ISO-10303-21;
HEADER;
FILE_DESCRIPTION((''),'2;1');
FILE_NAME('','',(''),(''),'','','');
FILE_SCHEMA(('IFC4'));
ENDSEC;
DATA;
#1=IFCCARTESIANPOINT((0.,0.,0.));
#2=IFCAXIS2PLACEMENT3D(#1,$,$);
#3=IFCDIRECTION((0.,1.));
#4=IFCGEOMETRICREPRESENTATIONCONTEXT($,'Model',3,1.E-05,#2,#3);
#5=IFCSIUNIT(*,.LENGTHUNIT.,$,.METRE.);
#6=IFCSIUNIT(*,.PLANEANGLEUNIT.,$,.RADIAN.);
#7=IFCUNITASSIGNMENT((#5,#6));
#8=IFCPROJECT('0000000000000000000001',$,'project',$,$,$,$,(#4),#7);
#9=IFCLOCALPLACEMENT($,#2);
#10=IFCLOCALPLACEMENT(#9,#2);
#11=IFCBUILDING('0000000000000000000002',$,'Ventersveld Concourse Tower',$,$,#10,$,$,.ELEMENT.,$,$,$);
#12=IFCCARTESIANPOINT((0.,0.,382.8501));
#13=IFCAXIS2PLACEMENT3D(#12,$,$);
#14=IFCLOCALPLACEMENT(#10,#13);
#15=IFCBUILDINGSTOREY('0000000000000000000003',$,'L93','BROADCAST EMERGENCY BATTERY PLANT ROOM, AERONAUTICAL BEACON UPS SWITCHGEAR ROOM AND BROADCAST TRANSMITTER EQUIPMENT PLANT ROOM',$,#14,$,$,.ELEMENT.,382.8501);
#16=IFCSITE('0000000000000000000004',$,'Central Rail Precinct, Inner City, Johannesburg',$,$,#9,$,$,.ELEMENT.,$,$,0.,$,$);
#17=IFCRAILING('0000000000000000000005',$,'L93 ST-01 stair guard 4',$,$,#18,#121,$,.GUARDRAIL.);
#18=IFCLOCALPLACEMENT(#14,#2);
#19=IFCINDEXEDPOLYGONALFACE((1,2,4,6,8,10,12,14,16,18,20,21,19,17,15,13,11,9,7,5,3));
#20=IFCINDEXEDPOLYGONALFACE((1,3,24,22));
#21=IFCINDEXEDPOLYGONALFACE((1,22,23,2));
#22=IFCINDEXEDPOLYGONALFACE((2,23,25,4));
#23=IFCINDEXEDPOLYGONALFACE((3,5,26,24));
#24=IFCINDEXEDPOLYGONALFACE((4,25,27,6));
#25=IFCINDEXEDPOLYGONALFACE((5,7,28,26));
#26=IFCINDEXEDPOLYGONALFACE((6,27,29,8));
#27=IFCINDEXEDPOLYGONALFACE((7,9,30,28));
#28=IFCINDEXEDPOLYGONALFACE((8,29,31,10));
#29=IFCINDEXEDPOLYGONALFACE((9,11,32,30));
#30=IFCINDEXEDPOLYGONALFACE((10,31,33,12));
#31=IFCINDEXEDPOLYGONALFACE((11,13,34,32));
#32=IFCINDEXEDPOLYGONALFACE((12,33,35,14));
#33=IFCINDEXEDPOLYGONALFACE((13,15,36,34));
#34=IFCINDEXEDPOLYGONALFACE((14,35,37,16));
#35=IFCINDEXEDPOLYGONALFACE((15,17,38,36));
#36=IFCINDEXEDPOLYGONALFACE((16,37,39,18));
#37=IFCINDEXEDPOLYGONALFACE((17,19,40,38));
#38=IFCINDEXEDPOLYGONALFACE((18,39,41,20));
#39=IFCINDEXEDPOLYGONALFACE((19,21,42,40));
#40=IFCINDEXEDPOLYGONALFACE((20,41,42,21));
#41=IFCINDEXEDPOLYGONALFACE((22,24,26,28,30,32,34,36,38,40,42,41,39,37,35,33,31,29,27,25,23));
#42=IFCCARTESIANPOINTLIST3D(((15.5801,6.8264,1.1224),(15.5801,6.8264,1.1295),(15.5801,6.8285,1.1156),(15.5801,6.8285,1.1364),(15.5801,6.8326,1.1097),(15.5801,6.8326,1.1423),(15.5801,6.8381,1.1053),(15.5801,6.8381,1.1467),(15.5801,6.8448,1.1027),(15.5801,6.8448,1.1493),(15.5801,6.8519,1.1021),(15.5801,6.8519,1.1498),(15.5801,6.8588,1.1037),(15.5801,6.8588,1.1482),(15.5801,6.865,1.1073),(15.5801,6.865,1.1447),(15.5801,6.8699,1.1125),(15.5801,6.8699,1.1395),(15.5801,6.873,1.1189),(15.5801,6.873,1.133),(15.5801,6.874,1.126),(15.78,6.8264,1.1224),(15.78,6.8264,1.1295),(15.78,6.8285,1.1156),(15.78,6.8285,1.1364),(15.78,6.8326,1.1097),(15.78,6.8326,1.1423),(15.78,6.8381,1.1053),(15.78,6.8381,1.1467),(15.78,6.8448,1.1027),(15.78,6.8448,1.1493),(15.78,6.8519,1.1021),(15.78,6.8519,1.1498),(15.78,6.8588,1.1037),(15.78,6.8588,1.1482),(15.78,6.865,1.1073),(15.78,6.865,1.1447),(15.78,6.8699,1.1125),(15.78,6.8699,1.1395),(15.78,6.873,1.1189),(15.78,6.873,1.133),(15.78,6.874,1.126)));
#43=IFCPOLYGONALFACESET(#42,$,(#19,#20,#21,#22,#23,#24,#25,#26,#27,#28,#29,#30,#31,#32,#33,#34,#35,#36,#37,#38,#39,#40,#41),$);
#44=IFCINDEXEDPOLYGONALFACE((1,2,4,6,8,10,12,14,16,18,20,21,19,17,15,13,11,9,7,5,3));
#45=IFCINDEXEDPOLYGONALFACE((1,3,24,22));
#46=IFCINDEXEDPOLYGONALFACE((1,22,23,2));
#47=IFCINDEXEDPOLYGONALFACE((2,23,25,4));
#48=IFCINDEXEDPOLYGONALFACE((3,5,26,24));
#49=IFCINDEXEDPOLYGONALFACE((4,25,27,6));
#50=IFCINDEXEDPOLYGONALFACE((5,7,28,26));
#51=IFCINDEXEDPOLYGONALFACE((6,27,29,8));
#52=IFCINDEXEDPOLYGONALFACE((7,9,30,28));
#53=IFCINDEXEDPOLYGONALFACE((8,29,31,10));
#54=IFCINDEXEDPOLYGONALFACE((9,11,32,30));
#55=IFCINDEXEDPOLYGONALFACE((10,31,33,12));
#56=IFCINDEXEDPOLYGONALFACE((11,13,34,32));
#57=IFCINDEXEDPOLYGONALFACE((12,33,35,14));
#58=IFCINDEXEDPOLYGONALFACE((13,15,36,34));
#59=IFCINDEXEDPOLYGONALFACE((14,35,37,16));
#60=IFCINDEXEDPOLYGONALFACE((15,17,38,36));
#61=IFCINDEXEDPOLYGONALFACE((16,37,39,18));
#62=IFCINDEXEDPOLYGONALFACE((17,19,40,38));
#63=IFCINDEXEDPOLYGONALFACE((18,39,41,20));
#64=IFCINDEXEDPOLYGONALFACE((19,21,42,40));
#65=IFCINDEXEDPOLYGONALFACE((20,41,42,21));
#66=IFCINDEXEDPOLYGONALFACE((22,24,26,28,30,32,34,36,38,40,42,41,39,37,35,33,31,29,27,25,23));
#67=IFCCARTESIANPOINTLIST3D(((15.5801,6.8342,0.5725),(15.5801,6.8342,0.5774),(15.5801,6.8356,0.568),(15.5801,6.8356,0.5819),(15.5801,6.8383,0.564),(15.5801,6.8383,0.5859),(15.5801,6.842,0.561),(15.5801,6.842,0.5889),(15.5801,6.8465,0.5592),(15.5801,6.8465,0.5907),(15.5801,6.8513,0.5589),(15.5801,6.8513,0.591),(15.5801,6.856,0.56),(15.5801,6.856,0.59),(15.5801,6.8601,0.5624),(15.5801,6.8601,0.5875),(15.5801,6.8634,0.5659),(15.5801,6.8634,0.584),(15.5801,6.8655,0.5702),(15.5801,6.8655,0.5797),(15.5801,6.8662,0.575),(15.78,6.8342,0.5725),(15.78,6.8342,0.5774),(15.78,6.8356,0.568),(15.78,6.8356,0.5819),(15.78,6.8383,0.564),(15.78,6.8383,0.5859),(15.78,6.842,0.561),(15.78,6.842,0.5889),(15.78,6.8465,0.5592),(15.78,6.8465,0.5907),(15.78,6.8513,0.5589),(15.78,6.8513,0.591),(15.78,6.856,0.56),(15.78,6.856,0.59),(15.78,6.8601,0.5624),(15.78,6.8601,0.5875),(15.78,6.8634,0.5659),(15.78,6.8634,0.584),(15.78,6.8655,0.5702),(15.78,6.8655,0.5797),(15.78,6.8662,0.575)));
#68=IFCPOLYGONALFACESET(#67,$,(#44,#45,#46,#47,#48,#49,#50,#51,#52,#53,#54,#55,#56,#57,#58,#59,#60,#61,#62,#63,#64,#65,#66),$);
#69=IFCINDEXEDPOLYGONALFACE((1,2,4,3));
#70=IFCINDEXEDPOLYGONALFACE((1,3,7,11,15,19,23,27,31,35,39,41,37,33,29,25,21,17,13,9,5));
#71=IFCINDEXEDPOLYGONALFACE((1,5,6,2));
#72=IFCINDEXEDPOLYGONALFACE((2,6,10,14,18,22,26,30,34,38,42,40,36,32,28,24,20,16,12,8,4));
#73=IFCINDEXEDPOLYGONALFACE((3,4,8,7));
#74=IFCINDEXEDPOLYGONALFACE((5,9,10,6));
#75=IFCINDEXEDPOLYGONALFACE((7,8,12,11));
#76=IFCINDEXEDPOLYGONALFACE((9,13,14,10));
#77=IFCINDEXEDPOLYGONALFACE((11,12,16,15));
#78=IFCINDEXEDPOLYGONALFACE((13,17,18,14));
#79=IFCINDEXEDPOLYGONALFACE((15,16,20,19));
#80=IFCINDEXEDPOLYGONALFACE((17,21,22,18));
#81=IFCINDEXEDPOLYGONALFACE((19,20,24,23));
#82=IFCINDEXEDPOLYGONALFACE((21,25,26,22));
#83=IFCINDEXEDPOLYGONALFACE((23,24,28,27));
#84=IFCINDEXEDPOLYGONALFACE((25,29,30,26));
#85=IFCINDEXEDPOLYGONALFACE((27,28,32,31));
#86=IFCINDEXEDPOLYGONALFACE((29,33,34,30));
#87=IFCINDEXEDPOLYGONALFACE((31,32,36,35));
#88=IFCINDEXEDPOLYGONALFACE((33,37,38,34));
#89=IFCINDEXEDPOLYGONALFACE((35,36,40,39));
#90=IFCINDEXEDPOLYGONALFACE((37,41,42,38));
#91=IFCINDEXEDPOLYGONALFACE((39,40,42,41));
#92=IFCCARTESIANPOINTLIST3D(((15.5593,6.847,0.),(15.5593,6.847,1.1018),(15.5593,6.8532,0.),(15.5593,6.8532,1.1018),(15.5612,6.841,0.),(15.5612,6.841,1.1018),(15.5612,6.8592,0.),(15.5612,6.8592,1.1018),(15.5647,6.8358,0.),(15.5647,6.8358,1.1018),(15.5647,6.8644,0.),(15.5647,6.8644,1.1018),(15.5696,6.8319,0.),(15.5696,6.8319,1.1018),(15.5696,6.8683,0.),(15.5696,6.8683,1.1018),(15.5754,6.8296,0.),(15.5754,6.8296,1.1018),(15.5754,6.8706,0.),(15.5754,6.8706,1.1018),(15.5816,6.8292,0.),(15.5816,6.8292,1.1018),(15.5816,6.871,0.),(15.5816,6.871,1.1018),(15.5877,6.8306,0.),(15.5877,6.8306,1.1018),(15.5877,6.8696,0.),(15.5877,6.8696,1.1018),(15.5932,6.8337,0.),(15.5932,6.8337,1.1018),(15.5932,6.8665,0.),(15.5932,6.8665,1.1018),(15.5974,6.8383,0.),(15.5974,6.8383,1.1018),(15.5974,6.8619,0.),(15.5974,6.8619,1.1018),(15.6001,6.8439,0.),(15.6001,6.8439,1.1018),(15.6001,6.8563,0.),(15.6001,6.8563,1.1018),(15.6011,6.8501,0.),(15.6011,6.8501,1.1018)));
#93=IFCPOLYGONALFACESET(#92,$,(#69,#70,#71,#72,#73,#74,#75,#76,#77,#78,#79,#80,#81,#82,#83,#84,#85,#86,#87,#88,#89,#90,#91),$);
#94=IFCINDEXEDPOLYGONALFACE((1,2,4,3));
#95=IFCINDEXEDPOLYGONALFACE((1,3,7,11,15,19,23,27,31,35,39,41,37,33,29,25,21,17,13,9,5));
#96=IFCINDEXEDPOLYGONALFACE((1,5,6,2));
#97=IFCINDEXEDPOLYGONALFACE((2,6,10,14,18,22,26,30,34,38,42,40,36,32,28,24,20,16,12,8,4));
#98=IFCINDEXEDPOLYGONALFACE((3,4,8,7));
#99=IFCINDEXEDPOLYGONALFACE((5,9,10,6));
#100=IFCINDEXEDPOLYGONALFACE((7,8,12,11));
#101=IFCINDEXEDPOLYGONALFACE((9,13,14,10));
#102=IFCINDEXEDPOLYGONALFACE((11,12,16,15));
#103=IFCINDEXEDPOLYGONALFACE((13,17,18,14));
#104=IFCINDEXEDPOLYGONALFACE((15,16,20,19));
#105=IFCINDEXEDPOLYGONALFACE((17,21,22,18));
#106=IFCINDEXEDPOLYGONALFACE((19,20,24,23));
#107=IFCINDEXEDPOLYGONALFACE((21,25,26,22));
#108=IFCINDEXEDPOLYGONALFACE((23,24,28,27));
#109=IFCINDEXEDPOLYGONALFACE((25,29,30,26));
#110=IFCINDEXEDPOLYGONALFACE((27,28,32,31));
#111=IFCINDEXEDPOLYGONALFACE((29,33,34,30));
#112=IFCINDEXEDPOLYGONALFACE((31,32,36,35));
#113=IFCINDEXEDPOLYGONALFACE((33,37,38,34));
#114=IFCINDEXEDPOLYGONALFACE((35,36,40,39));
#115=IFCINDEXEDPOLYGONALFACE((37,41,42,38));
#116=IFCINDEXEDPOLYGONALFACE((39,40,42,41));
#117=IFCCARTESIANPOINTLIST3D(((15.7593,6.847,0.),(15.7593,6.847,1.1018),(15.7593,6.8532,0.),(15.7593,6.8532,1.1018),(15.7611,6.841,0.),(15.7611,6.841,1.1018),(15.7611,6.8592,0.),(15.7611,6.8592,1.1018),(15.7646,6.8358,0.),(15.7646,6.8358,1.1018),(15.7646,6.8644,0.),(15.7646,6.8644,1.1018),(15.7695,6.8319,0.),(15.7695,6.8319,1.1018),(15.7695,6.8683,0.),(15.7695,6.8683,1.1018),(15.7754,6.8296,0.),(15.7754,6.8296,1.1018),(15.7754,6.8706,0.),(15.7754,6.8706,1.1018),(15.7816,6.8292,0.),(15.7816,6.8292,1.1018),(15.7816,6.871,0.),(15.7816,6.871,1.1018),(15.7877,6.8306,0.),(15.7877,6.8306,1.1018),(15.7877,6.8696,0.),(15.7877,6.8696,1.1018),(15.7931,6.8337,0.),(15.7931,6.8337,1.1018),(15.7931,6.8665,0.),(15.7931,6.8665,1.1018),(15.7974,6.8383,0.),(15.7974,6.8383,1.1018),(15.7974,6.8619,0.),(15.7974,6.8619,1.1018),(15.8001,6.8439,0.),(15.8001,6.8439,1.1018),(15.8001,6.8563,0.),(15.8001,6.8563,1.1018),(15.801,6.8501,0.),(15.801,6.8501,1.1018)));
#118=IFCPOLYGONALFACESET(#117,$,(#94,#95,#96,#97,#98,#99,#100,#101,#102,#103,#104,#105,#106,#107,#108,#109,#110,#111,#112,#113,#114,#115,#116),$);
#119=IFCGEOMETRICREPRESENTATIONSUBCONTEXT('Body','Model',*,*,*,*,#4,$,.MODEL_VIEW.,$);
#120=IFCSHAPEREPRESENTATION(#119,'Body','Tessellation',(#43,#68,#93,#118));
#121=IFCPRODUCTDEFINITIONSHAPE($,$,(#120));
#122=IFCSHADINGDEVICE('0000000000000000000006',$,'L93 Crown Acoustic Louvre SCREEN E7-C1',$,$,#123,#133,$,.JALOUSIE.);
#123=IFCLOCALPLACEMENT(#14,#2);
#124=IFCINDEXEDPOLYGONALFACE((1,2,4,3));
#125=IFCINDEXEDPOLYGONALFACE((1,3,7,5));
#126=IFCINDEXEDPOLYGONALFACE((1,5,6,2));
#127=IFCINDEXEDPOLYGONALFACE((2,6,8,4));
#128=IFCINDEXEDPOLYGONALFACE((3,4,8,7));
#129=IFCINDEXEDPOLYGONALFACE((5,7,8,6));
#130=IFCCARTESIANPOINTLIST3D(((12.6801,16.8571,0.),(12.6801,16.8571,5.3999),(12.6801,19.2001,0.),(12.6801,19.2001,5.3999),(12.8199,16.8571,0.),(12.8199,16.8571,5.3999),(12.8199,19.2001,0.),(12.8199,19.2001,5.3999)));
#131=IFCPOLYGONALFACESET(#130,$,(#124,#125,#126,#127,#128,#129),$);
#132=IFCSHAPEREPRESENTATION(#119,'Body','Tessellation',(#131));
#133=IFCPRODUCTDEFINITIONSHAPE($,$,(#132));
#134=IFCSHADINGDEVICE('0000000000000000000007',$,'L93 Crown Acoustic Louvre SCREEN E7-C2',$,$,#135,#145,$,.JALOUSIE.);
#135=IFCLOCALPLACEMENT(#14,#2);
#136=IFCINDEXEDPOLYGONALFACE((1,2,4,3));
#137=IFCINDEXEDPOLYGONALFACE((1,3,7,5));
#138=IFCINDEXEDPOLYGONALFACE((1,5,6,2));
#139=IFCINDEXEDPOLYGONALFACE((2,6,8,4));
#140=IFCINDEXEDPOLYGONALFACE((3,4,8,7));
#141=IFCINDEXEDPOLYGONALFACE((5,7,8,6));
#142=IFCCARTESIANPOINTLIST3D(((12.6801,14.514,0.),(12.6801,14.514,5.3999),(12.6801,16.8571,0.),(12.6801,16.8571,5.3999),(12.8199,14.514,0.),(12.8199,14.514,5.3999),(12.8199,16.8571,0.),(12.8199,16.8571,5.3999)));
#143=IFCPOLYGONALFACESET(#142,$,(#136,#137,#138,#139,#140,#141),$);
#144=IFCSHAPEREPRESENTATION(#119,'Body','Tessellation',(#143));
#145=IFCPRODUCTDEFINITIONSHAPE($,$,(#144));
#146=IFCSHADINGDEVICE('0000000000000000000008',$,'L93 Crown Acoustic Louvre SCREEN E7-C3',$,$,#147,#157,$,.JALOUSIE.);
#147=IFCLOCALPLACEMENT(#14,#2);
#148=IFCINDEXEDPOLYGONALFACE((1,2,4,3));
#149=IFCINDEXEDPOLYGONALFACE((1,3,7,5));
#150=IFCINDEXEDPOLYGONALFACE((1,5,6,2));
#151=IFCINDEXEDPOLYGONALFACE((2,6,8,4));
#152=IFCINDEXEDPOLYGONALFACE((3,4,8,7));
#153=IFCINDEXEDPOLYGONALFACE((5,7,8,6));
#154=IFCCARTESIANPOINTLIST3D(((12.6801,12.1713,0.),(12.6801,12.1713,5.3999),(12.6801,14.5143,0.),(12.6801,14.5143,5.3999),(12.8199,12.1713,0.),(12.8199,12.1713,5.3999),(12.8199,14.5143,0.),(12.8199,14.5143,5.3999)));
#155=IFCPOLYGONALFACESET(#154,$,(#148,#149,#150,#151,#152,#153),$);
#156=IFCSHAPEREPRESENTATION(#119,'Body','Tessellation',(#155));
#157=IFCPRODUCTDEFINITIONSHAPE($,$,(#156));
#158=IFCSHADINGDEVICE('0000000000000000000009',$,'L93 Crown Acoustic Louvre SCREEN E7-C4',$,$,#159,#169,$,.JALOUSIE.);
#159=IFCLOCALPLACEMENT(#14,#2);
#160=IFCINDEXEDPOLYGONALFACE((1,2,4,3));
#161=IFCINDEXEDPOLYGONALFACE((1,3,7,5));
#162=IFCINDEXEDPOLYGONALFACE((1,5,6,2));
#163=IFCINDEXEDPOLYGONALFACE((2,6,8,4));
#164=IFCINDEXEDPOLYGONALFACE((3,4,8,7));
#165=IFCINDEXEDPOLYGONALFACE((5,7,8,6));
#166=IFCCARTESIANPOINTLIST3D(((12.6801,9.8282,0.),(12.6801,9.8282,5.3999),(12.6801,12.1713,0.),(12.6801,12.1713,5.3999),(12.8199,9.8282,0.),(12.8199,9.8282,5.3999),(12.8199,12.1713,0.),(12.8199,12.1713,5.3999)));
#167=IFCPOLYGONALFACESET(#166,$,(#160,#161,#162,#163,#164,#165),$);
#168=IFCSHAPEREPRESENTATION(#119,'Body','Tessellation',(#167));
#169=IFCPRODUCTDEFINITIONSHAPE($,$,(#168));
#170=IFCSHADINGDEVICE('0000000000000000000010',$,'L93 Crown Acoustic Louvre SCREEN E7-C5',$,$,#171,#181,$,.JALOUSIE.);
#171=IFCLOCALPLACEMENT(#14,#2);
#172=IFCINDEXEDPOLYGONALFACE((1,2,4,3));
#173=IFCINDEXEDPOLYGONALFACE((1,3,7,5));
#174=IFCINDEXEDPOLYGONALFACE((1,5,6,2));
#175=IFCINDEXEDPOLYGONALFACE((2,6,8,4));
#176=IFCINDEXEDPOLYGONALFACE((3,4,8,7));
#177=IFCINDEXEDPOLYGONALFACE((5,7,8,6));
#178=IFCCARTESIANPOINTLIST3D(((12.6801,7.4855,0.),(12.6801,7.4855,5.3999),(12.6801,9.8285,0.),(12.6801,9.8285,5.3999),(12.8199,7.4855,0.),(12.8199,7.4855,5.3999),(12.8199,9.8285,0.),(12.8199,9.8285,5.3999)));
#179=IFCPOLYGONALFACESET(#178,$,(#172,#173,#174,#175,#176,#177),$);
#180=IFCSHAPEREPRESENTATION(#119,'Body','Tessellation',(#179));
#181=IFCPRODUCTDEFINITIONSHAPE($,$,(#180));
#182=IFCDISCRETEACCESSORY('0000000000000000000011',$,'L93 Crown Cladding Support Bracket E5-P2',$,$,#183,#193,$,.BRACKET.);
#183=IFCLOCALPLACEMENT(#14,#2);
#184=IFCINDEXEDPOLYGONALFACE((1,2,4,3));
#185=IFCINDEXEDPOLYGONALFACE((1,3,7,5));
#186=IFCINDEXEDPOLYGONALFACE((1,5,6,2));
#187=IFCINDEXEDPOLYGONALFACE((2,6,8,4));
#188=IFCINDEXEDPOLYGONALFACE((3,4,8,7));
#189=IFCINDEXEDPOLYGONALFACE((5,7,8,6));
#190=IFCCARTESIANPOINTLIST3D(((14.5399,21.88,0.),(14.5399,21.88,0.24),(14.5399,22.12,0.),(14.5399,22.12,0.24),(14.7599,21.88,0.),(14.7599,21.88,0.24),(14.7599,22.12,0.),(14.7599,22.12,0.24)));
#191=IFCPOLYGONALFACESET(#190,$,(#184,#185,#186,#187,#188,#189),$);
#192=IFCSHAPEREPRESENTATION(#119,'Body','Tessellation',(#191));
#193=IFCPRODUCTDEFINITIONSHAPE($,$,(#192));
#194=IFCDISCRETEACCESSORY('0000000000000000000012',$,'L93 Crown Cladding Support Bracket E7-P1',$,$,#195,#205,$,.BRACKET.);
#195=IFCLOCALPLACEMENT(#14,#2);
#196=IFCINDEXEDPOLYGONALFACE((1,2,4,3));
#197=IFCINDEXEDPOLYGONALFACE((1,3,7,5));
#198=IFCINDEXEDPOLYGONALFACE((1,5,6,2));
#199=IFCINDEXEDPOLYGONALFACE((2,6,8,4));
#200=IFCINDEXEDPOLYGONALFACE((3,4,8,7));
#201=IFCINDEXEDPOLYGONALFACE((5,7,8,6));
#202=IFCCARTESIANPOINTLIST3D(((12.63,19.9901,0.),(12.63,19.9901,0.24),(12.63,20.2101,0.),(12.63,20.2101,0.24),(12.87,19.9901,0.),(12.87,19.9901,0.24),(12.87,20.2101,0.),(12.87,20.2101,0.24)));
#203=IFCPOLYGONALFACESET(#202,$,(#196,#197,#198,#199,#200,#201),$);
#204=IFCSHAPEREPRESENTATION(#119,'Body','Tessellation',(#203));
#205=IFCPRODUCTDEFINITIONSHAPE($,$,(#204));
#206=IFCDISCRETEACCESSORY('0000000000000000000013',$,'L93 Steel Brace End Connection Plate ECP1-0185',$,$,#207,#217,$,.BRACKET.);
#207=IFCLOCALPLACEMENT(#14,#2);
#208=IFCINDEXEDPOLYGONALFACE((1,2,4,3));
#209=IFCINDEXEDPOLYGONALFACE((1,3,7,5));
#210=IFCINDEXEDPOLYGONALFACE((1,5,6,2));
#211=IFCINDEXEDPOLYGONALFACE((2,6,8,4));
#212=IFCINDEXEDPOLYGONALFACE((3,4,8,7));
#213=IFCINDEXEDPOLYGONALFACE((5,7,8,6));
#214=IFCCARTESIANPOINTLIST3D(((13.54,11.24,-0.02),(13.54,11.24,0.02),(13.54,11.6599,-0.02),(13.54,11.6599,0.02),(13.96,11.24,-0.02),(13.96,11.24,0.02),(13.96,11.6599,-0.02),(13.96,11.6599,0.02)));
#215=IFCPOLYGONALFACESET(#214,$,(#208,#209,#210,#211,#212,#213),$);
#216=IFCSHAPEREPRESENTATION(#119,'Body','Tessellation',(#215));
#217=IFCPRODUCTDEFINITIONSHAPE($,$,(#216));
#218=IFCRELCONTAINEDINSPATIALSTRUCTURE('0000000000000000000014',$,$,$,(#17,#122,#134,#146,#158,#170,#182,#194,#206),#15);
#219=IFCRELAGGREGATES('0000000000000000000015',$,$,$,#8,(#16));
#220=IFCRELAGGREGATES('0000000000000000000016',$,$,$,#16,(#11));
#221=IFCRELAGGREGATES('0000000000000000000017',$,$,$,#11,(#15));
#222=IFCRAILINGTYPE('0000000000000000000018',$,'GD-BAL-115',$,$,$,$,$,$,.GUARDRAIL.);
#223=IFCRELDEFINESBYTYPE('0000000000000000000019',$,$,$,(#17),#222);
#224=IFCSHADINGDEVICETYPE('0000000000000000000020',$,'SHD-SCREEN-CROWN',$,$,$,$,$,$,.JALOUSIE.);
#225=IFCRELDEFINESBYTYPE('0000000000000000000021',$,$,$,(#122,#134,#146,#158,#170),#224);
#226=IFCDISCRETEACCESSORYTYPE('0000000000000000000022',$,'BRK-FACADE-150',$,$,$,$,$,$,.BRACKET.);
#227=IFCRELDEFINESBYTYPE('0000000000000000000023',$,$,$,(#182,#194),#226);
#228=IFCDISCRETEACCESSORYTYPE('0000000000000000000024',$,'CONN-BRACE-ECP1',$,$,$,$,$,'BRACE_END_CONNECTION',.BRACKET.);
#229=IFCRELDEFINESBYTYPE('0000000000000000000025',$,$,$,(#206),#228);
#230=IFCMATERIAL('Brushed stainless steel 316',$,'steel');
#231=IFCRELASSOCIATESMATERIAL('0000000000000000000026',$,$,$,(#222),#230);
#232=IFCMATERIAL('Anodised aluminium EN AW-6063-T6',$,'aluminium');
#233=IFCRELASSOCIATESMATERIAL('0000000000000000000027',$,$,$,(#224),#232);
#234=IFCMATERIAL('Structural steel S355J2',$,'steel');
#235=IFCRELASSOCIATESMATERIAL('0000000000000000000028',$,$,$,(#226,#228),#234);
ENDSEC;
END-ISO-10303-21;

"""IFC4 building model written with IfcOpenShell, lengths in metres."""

from ifc_helpers import new_model, si_unit, direction, frame, origin, origin_2d, place, context, subcontext, project, spatial, rectangle, circle, extrude, material, type_object, element, save


model = new_model("IFC4")

# Units and contexts
model_context = context("Model", 3, precision=1e-05, world=origin(), true_north=direction((0.0, 1.0)))
body_context = subcontext(model_context, "Body", "Model", "MODEL_VIEW")
ifc_project = project(units=[si_unit("LENGTHUNIT", "METRE"), si_unit("PLANEANGLEUNIT", "RADIAN")], contexts=[model_context])

# Site, building, storey
site_placement = place(None, origin())
site = spatial("IfcSite", under=ifc_project, at=site_placement, Name="Central Rail Precinct, Inner City, Johannesburg", CompositionType="ELEMENT", RefElevation=0.0)
building_placement = place(site_placement, origin())
building = spatial("IfcBuilding", under=site, at=building_placement, Name="Ventersveld Concourse Tower", CompositionType="ELEMENT")
storey_placement = place(building_placement, frame((0.0, 0.0, 382.8501)))
storey = spatial("IfcBuildingStorey", under=building, at=storey_placement, Name="L93", Description="BROADCAST EMERGENCY BATTERY PLANT ROOM, AERONAUTICAL BEACON UPS SWITCHGEAR ROOM AND BROADCAST TRANSMITTER EQUIPMENT PLANT ROOM", CompositionType="ELEMENT", Elevation=382.8501)

# Shared definitions
ifc_material_1 = material(Name="Anodised aluminium EN AW-6063-T6", Category="aluminium")

# Railing
ifc_material_2 = material(Name="Brushed stainless steel 316", Category="steel")
railing_type = type_object("IfcRailingType", Name="GD-BAL-115", PredefinedType="GUARDRAIL", material=ifc_material_2)
railing_1_placement = place(storey_placement, frame((15.5801, 6.8501, 0.0)))
element("IfcRailing", 1, at=railing_1_placement, inside=storey, type_object=railing_type, Name="L93 ST-01 stair guard 4", PredefinedType="GUARDRAIL", context=body_context, shape_type="SweptSolid", body=[
    extrude(circle(Radius=0.0239, at=origin_2d()), frame((0.0, 0.0, 1.126), z_axis=(1.0, 0.0, 0.0), x_axis=(0.0, 1.0, 0.0)), (0.0, 0.0, 1.0), 0.2),
    extrude(circle(Radius=0.0161, at=origin_2d()), frame((0.0, 0.0, 0.575), z_axis=(1.0, 0.0, 0.0), x_axis=(0.0, 1.0, 0.0)), (0.0, 0.0, 1.0), 0.2),
    extrude(circle(Radius=0.021, at=origin_2d()), origin(), (0.0, 0.0, 1.0), 1.1018),
    extrude(circle(Radius=0.021, at=origin_2d()), frame((0.2, 0.0, 0.0)), (0.0, 0.0, 1.0), 1.1018),
])

# Shading devices
shading_device_type = type_object("IfcShadingDeviceType", Name="SHD-SCREEN-CROWN", PredefinedType="JALOUSIE", material=ifc_material_1)
for number, where, z_axis, x_axis, name in (
    (2, (12.75, 18.0286, 0.0), (0.0, 0.0, 1.0), (0.0, -1.0, 0.0), "L93 Crown Acoustic Louvre SCREEN E7-C1"),
    (3, (12.75, 15.6855, 0.0), (0.0, 0.0, 1.0), (0.0, -1.0, 0.0), "L93 Crown Acoustic Louvre SCREEN E7-C2"),
    (4, (12.75, 13.3428, 0.0), (0.0, 0.0, 1.0), (0.0, -1.0, 0.0), "L93 Crown Acoustic Louvre SCREEN E7-C3"),
    (5, (12.75, 10.9998, 0.0), (0.0, 0.0, 1.0), (0.0, -1.0, 0.0), "L93 Crown Acoustic Louvre SCREEN E7-C4"),
    (6, (12.75, 8.657, 0.0), (0.0, 0.0, 1.0), (0.0, -1.0, 0.0), "L93 Crown Acoustic Louvre SCREEN E7-C5"),
):
    element("IfcShadingDevice", number, at=place(storey_placement, frame(where, z_axis=z_axis, x_axis=x_axis)), inside=storey, type_object=shading_device_type, Name=name, PredefinedType="JALOUSIE", context=body_context, shape_type="SweptSolid", body=[
        extrude(rectangle(XDim=2.343, YDim=0.1399, at=origin_2d()), origin(), (0.0, 0.0, 1.0), 5.3999),
    ])

# Discrete accessories
ifc_material_3 = material(Name="Structural steel S355J2", Category="steel")
discrete_accessory_type_1 = type_object("IfcDiscreteAccessoryType", Name="BRK-FACADE-150", PredefinedType="BRACKET", material=ifc_material_3)
for number, where, z_axis, x_axis, name in (
    (7, (14.6499, 22.0, 0.0), (0.0, 0.0, 1.0), (-1.0, 0.0, 0.0), "L93 Crown Cladding Support Bracket E5-P2"),
    (8, (12.75, 20.1001, 0.0), (0.0, 0.0, 1.0), (0.0, -1.0, 0.0), "L93 Crown Cladding Support Bracket E7-P1"),
):
    element("IfcDiscreteAccessory", number, at=place(storey_placement, frame(where, z_axis=z_axis, x_axis=x_axis)), inside=storey, type_object=discrete_accessory_type_1, Name=name, PredefinedType="BRACKET", context=body_context, shape_type="SweptSolid", body=[
        extrude(rectangle(XDim=0.22, YDim=0.24, at=origin_2d()), origin(), (0.0, 0.0, 1.0), 0.24),
    ])
discrete_accessory_type_2 = type_object("IfcDiscreteAccessoryType", Name="CONN-BRACE-ECP1", ElementType="BRACE_END_CONNECTION", PredefinedType="BRACKET", material=ifc_material_3)
for number, where, z_axis, x_axis, name in (
    (9, (13.75, 11.45, -0.02), (0.0, 0.0, 1.0), (1.0, 0.0, 0.0), "L93 Steel Brace End Connection Plate ECP1-0185"),
):
    element("IfcDiscreteAccessory", number, at=place(storey_placement, frame(where, z_axis=z_axis, x_axis=x_axis)), inside=storey, type_object=discrete_accessory_type_2, Name=name, PredefinedType="BRACKET", context=body_context, shape_type="SweptSolid", body=[
        extrude(rectangle(XDim=0.4199, YDim=0.4199, at=origin_2d()), origin(), (0.0, 0.0, 1.0), 0.04),
    ])

save(model, "model.ifc")
